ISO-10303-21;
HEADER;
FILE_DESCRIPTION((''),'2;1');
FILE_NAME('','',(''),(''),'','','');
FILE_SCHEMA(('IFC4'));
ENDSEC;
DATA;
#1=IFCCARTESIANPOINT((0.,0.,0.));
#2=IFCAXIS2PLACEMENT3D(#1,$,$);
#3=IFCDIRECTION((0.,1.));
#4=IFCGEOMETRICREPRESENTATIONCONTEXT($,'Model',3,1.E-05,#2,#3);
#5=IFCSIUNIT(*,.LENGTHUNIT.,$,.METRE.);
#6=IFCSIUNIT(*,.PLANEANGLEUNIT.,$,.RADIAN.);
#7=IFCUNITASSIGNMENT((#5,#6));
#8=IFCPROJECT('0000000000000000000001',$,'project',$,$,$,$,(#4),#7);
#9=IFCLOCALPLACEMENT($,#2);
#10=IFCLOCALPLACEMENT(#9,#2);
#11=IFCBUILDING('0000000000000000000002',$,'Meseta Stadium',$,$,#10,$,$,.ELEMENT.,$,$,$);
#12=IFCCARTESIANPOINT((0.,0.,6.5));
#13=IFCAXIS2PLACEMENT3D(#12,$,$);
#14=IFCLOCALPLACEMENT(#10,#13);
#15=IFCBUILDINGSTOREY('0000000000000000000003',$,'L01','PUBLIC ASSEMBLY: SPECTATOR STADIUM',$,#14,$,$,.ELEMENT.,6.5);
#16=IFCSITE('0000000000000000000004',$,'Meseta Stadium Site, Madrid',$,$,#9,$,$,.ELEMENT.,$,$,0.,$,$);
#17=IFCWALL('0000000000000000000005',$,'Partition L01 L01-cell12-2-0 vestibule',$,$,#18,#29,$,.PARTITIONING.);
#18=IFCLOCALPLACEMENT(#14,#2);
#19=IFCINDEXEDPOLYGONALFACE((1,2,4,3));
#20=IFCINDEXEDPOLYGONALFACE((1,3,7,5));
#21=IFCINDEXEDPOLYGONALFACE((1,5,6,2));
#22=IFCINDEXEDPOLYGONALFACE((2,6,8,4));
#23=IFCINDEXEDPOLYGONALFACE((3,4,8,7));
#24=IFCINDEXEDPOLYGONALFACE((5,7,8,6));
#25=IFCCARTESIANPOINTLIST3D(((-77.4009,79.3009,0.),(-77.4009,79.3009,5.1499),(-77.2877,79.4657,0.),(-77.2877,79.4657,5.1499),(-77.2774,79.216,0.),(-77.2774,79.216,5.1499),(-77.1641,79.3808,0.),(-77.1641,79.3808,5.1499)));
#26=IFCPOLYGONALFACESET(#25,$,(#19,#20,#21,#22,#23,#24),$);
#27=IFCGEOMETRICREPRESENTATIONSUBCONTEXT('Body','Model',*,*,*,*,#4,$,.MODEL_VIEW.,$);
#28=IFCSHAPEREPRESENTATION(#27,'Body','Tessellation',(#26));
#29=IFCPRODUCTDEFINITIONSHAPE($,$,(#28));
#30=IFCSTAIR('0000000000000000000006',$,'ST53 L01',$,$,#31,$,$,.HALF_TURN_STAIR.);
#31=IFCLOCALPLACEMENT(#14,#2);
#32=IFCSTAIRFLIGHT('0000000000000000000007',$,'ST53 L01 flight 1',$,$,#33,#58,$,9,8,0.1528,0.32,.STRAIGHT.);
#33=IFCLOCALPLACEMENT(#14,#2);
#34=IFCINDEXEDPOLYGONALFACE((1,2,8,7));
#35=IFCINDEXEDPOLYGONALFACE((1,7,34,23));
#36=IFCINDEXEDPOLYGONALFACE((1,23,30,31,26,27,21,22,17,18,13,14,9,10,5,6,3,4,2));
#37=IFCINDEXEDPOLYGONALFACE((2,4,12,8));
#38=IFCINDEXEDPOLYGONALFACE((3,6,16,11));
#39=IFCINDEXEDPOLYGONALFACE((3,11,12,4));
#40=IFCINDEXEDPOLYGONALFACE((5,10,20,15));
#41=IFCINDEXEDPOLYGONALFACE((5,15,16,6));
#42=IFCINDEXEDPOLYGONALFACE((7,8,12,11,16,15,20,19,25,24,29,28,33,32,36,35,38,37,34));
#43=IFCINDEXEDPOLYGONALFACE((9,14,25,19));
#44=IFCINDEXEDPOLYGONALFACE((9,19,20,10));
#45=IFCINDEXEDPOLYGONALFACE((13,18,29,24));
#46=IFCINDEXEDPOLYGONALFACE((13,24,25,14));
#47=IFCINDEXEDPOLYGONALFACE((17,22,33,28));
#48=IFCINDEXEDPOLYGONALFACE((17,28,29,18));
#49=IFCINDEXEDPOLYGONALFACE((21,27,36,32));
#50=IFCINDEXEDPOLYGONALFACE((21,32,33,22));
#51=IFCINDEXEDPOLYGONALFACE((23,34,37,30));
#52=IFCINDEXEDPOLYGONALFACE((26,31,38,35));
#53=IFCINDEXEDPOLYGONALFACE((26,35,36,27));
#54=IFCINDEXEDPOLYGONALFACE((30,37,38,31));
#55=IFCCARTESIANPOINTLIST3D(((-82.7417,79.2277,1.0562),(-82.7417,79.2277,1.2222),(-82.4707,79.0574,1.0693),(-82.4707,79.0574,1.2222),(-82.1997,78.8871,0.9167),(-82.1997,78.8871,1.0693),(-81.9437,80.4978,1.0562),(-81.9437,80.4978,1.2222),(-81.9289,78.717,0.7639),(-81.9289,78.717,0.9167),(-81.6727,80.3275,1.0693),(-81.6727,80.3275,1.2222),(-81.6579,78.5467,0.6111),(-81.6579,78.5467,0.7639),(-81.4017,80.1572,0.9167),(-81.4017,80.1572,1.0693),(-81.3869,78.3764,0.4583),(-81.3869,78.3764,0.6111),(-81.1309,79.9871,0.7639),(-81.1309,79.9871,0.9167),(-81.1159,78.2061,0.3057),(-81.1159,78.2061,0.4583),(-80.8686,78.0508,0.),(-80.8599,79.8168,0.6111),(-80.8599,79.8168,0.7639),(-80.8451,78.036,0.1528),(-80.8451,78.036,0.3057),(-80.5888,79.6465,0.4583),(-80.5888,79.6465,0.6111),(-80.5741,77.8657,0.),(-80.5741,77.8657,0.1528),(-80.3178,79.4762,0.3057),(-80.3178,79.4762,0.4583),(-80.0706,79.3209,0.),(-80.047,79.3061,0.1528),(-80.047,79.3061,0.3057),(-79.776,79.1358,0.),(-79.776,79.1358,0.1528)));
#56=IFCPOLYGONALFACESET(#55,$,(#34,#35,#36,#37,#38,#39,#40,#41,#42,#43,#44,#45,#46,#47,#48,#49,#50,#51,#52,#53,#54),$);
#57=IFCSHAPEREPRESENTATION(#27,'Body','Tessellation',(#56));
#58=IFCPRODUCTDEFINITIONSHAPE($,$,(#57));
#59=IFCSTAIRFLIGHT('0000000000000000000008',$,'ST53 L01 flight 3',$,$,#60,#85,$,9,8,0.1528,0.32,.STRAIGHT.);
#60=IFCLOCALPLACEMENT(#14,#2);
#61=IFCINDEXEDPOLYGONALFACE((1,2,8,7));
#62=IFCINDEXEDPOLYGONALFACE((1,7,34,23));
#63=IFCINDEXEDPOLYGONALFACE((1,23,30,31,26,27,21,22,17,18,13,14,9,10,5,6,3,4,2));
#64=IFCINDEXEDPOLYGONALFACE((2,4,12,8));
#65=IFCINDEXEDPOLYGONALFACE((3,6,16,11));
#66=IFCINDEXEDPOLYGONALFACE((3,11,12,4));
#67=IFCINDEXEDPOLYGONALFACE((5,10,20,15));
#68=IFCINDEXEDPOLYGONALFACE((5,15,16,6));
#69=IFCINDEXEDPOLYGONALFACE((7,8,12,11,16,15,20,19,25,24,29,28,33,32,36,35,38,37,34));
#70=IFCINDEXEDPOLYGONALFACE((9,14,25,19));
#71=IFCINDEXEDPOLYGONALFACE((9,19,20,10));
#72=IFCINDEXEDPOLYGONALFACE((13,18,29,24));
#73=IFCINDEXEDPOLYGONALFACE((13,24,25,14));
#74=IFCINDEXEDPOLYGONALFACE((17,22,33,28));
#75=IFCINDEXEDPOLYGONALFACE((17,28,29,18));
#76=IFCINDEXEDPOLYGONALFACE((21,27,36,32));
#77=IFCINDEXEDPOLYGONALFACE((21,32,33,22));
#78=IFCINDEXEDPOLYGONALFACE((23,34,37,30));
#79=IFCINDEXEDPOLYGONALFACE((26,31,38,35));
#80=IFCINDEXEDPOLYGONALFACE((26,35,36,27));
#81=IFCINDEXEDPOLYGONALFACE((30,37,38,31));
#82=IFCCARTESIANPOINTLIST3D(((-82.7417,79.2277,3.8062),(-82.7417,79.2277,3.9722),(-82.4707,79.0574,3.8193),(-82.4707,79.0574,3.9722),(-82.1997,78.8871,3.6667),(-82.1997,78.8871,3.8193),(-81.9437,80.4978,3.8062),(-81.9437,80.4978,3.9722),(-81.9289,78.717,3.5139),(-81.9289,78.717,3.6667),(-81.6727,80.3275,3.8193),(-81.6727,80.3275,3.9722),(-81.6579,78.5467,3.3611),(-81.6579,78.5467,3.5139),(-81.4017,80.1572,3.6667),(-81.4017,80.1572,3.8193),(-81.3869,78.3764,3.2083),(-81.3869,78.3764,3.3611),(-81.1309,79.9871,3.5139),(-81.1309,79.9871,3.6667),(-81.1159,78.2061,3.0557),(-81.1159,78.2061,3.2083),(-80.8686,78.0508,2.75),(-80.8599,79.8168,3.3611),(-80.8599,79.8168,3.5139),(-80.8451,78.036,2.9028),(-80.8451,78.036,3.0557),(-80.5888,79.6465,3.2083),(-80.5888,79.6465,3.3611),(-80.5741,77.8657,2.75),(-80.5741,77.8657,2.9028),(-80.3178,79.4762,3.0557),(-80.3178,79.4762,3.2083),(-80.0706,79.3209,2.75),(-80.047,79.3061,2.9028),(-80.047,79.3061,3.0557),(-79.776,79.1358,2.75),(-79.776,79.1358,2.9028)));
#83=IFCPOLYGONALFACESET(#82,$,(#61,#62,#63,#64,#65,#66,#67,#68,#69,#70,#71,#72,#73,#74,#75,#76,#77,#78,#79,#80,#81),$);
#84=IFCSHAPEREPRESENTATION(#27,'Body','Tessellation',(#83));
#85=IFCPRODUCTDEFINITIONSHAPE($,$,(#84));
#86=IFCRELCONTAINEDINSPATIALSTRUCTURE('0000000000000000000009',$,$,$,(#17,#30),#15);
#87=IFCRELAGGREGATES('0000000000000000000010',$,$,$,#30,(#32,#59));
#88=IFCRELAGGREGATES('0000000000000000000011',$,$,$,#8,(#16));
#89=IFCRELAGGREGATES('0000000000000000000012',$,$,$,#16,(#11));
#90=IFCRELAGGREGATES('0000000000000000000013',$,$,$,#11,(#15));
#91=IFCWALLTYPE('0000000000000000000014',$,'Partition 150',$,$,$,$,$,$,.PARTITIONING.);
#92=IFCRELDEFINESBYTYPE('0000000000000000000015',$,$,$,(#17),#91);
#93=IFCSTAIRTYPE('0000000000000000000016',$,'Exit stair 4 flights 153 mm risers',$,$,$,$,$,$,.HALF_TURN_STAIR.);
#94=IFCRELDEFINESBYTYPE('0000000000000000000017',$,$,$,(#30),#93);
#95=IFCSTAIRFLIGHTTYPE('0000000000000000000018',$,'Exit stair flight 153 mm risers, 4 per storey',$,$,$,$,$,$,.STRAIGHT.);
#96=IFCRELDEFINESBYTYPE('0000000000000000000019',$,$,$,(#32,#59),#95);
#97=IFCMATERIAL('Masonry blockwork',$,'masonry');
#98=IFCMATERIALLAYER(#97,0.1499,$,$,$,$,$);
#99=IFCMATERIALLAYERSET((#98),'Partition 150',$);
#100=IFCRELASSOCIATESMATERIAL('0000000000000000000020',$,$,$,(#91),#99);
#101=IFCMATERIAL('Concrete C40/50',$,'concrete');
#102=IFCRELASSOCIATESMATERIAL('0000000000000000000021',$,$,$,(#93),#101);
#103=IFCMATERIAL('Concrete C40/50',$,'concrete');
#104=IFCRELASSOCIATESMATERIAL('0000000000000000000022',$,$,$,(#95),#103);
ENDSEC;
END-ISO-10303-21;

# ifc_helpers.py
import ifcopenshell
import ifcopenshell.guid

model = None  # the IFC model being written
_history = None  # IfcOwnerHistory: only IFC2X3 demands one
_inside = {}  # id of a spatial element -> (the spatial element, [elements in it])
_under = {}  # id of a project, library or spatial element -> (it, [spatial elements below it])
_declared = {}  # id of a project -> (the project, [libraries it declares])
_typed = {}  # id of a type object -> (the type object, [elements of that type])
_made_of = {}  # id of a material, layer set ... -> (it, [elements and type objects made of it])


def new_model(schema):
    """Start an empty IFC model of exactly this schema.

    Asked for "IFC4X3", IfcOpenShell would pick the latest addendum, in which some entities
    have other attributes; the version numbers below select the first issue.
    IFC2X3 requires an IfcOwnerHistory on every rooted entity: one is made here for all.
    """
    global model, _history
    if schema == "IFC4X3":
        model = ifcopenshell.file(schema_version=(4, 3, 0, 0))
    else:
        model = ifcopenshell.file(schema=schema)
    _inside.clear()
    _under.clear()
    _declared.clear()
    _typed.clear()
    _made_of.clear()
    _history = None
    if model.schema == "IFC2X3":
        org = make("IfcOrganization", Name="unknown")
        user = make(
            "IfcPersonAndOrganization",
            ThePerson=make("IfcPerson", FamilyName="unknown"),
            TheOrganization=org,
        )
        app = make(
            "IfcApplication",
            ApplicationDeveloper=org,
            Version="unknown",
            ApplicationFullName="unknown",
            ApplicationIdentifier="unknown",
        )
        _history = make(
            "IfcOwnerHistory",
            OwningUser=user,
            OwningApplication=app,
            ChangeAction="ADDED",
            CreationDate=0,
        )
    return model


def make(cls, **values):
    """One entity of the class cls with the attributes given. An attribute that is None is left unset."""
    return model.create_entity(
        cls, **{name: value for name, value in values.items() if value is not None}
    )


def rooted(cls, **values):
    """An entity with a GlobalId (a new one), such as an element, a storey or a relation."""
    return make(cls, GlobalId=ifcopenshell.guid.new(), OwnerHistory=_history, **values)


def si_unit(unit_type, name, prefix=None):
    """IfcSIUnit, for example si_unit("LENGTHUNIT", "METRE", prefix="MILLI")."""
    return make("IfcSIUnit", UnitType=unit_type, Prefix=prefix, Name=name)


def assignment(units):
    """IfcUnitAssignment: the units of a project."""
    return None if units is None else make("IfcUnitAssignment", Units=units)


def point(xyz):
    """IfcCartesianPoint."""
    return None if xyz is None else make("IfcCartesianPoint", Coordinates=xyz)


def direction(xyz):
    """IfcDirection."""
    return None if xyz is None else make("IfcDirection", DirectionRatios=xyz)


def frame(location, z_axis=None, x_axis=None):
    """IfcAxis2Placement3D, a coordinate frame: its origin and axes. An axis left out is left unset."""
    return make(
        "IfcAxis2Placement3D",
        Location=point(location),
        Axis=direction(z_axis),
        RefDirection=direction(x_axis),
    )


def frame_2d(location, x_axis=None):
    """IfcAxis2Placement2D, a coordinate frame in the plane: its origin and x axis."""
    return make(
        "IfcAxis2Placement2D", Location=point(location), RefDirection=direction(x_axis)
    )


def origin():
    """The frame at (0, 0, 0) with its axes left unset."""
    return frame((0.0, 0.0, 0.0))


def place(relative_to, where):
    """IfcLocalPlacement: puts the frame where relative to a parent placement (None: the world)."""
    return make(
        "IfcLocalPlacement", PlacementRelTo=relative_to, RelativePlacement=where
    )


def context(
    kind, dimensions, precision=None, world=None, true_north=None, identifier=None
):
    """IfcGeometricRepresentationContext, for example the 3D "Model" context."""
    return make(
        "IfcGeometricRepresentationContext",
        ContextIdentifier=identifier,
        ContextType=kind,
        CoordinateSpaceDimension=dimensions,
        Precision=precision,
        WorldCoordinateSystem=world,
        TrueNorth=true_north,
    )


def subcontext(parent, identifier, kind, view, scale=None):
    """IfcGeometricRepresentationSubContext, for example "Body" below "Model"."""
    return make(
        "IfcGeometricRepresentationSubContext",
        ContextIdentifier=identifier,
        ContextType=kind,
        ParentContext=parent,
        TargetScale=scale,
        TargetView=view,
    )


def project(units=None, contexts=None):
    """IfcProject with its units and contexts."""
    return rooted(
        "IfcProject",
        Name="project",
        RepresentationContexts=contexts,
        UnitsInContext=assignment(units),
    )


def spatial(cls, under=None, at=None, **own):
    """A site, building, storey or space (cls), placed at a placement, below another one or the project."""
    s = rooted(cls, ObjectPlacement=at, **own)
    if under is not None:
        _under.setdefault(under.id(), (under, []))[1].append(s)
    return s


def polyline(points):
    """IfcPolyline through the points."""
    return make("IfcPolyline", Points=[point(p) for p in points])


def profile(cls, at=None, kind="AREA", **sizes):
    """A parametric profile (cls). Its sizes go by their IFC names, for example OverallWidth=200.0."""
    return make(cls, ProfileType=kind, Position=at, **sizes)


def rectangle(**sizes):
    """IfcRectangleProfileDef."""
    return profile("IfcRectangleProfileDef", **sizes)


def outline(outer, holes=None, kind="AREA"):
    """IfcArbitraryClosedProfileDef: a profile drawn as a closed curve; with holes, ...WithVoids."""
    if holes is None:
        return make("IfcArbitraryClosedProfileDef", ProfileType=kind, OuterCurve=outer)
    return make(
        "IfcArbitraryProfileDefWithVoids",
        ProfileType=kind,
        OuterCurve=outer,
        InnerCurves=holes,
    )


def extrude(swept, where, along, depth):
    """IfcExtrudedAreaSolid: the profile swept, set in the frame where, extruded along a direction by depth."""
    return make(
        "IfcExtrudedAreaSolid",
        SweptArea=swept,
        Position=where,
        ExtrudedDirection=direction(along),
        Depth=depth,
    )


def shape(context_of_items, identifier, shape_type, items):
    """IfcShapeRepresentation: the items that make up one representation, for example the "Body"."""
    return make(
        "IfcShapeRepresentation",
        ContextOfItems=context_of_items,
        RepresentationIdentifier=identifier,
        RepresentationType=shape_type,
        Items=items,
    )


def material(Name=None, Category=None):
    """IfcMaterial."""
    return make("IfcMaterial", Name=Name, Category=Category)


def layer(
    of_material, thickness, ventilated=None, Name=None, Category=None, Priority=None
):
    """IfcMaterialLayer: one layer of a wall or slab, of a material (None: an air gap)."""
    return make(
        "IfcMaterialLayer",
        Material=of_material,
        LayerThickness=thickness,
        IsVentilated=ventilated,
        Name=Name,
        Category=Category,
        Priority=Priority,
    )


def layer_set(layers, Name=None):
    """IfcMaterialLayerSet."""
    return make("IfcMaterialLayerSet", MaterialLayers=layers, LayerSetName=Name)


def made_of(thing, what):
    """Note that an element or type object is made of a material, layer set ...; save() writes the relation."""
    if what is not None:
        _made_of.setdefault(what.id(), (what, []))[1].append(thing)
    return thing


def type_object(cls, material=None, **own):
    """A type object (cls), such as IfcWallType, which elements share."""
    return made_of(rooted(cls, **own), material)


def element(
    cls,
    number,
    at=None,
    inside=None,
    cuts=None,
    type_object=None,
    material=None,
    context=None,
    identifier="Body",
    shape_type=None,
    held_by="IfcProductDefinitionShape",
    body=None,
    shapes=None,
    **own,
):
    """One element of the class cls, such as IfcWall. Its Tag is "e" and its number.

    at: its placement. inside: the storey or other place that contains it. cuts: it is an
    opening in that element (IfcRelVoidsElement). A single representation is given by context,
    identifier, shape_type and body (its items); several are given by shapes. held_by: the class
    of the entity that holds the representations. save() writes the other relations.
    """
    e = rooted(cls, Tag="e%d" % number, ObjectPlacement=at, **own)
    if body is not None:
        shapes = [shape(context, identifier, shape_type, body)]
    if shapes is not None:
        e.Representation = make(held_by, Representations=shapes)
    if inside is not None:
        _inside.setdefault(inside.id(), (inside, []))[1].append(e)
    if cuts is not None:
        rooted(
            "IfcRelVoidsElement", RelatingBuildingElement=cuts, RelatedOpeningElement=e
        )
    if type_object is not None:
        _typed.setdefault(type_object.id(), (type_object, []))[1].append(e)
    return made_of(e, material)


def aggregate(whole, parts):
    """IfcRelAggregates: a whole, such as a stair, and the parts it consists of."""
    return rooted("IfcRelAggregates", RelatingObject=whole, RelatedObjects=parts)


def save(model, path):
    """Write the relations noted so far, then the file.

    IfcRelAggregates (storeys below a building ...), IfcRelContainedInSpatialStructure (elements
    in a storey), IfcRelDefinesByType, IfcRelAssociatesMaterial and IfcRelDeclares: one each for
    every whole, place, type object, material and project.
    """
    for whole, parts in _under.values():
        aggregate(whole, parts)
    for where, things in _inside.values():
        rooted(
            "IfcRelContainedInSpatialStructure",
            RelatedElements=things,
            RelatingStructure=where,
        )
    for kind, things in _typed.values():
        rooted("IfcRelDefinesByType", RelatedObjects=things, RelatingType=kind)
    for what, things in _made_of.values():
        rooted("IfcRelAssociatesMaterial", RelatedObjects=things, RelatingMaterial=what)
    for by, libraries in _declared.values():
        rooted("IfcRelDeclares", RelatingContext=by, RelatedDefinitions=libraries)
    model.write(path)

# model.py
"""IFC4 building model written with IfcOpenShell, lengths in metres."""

from ifc_helpers import new_model, si_unit, direction, frame, frame_2d, origin, place, context, subcontext, project, spatial, polyline, rectangle, outline, extrude, material, layer, layer_set, type_object, element, aggregate, save


model = new_model("IFC4")

# Units and contexts
model_context = context("Model", 3, precision=1e-05, world=origin(), true_north=direction((0.0, 1.0)))
body_context = subcontext(model_context, "Body", "Model", "MODEL_VIEW")
ifc_project = project(units=[si_unit("LENGTHUNIT", "METRE"), si_unit("PLANEANGLEUNIT", "RADIAN")], contexts=[model_context])

# Site, building, storey
site_placement = place(None, origin())
site = spatial("IfcSite", under=ifc_project, at=site_placement, Name="Meseta Stadium Site, Madrid", CompositionType="ELEMENT", RefElevation=0.0)
building_placement = place(site_placement, origin())
building = spatial("IfcBuilding", under=site, at=building_placement, Name="Meseta Stadium", CompositionType="ELEMENT")
storey_placement = place(building_placement, frame((0.0, 0.0, 6.5)))
storey = spatial("IfcBuildingStorey", under=building, at=storey_placement, Name="L01", Description="PUBLIC ASSEMBLY: SPECTATOR STADIUM", CompositionType="ELEMENT", Elevation=6.5)

# Shared definitions
ifc_material_1 = material(Name="Masonry blockwork", Category="masonry")
ifc_layer_1 = layer(ifc_material_1, 0.1499)
ifc_layer_set_1 = layer_set([ifc_layer_1], Name="Partition 150")
wall_type_1 = type_object("IfcWallType", Name="Partition 150", PredefinedType="PARTITIONING", material=ifc_layer_set_1)

# Wall
wall_1_placement = place(storey_placement, frame((-77.2258, 79.4233, 0.0), z_axis=(0.0, 0.0, 1.0), x_axis=(-0.566477, -0.824078, 0.0)))
element("IfcWall", 1, at=wall_1_placement, inside=storey, type_object=wall_type_1, Name="Partition L01 L01-cell12-2-0 vestibule", PredefinedType="PARTITIONING", context=body_context, shape_type="SweptSolid", body=[
    extrude(rectangle(XDim=0.2, YDim=0.1499, at=frame_2d((0.1001, 0.0))), origin(), (0.0, 0.0, 1.0), 5.1499),
])

# Stair, stair flights
ifc_material_2 = material(Name="Concrete C40/50", Category="concrete")
stair_type = type_object("IfcStairType", Name="Exit stair 4 flights 153 mm risers", PredefinedType="HALF_TURN_STAIR", material=ifc_material_2)
stair_placement = place(storey_placement, origin())
stair = element("IfcStair", 2, at=stair_placement, inside=storey, type_object=stair_type, Name="ST53 L01", PredefinedType="HALF_TURN_STAIR")
ifc_material_3 = material(Name="Concrete C40/50", Category="concrete")
stair_flight_type = type_object("IfcStairFlightType", Name="Exit stair flight 153 mm risers, 4 per storey", PredefinedType="STRAIGHT", material=ifc_material_3)
stair_flight_1_placement = place(storey_placement, frame((-80.175, 78.5007, 0.0), z_axis=(0.0, 0.0, 1.0), x_axis=(-0.846724, 0.532032, 0.0)))
stair_flight_1 = element("IfcStairFlight", 3, at=stair_flight_1_placement, type_object=stair_flight_type, Name="ST53 L01 flight 1", NumberOfRisers=9, NumberOfTreads=8, PredefinedType="STRAIGHT", RiserHeight=0.1528, TreadLength=0.32, context=body_context, shape_type="SweptSolid", body=[
    extrude(outline(polyline([(0.0, 0.0), (0.0, 0.1528), (0.3201, 0.1528), (0.3201, 0.3057), (0.6399, 0.3057), (0.6399, 0.4583), (0.96, 0.4583), (0.96, 0.6111), (1.28, 0.6111), (1.28, 0.7639), (1.6001, 0.7639), (1.6001, 0.9167), (1.9199, 0.9167), (1.9199, 1.0693), (2.24, 1.0693), (2.24, 1.2222), (2.5601, 1.2222), (2.5601, 1.0562), (0.3479, 0.0), (0.0, 0.0)])), frame((0.0, 0.75, 0.0), z_axis=(0.0, -1.0, 0.0), x_axis=(1.0, 0.0, 0.0)), (0.0, 0.0, 1.0), 1.5),
])
stair_flight_2_placement = place(storey_placement, frame((-80.175, 78.5007, 2.75), z_axis=(0.0, 0.0, 1.0), x_axis=(-0.846724, 0.532032, 0.0)))
stair_flight_2 = element("IfcStairFlight", 4, at=stair_flight_2_placement, type_object=stair_flight_type, Name="ST53 L01 flight 3", NumberOfRisers=9, NumberOfTreads=8, PredefinedType="STRAIGHT", RiserHeight=0.1528, TreadLength=0.32, context=body_context, shape_type="SweptSolid", body=[
    extrude(outline(polyline([(0.0, 0.0), (0.0, 0.1528), (0.3201, 0.1528), (0.3201, 0.3057), (0.6399, 0.3057), (0.6399, 0.4583), (0.96, 0.4583), (0.96, 0.6111), (1.28, 0.6111), (1.28, 0.7639), (1.6001, 0.7639), (1.6001, 0.9167), (1.9199, 0.9167), (1.9199, 1.0693), (2.24, 1.0693), (2.24, 1.2222), (2.5601, 1.2222), (2.5601, 1.0562), (0.3479, 0.0), (0.0, 0.0)])), frame((0.0, 0.75, 0.0), z_axis=(0.0, -1.0, 0.0), x_axis=(1.0, 0.0, 0.0)), (0.0, 0.0, 1.0), 1.5),
])
aggregate(stair, [stair_flight_1, stair_flight_2])

save(model, "model.ifc")
